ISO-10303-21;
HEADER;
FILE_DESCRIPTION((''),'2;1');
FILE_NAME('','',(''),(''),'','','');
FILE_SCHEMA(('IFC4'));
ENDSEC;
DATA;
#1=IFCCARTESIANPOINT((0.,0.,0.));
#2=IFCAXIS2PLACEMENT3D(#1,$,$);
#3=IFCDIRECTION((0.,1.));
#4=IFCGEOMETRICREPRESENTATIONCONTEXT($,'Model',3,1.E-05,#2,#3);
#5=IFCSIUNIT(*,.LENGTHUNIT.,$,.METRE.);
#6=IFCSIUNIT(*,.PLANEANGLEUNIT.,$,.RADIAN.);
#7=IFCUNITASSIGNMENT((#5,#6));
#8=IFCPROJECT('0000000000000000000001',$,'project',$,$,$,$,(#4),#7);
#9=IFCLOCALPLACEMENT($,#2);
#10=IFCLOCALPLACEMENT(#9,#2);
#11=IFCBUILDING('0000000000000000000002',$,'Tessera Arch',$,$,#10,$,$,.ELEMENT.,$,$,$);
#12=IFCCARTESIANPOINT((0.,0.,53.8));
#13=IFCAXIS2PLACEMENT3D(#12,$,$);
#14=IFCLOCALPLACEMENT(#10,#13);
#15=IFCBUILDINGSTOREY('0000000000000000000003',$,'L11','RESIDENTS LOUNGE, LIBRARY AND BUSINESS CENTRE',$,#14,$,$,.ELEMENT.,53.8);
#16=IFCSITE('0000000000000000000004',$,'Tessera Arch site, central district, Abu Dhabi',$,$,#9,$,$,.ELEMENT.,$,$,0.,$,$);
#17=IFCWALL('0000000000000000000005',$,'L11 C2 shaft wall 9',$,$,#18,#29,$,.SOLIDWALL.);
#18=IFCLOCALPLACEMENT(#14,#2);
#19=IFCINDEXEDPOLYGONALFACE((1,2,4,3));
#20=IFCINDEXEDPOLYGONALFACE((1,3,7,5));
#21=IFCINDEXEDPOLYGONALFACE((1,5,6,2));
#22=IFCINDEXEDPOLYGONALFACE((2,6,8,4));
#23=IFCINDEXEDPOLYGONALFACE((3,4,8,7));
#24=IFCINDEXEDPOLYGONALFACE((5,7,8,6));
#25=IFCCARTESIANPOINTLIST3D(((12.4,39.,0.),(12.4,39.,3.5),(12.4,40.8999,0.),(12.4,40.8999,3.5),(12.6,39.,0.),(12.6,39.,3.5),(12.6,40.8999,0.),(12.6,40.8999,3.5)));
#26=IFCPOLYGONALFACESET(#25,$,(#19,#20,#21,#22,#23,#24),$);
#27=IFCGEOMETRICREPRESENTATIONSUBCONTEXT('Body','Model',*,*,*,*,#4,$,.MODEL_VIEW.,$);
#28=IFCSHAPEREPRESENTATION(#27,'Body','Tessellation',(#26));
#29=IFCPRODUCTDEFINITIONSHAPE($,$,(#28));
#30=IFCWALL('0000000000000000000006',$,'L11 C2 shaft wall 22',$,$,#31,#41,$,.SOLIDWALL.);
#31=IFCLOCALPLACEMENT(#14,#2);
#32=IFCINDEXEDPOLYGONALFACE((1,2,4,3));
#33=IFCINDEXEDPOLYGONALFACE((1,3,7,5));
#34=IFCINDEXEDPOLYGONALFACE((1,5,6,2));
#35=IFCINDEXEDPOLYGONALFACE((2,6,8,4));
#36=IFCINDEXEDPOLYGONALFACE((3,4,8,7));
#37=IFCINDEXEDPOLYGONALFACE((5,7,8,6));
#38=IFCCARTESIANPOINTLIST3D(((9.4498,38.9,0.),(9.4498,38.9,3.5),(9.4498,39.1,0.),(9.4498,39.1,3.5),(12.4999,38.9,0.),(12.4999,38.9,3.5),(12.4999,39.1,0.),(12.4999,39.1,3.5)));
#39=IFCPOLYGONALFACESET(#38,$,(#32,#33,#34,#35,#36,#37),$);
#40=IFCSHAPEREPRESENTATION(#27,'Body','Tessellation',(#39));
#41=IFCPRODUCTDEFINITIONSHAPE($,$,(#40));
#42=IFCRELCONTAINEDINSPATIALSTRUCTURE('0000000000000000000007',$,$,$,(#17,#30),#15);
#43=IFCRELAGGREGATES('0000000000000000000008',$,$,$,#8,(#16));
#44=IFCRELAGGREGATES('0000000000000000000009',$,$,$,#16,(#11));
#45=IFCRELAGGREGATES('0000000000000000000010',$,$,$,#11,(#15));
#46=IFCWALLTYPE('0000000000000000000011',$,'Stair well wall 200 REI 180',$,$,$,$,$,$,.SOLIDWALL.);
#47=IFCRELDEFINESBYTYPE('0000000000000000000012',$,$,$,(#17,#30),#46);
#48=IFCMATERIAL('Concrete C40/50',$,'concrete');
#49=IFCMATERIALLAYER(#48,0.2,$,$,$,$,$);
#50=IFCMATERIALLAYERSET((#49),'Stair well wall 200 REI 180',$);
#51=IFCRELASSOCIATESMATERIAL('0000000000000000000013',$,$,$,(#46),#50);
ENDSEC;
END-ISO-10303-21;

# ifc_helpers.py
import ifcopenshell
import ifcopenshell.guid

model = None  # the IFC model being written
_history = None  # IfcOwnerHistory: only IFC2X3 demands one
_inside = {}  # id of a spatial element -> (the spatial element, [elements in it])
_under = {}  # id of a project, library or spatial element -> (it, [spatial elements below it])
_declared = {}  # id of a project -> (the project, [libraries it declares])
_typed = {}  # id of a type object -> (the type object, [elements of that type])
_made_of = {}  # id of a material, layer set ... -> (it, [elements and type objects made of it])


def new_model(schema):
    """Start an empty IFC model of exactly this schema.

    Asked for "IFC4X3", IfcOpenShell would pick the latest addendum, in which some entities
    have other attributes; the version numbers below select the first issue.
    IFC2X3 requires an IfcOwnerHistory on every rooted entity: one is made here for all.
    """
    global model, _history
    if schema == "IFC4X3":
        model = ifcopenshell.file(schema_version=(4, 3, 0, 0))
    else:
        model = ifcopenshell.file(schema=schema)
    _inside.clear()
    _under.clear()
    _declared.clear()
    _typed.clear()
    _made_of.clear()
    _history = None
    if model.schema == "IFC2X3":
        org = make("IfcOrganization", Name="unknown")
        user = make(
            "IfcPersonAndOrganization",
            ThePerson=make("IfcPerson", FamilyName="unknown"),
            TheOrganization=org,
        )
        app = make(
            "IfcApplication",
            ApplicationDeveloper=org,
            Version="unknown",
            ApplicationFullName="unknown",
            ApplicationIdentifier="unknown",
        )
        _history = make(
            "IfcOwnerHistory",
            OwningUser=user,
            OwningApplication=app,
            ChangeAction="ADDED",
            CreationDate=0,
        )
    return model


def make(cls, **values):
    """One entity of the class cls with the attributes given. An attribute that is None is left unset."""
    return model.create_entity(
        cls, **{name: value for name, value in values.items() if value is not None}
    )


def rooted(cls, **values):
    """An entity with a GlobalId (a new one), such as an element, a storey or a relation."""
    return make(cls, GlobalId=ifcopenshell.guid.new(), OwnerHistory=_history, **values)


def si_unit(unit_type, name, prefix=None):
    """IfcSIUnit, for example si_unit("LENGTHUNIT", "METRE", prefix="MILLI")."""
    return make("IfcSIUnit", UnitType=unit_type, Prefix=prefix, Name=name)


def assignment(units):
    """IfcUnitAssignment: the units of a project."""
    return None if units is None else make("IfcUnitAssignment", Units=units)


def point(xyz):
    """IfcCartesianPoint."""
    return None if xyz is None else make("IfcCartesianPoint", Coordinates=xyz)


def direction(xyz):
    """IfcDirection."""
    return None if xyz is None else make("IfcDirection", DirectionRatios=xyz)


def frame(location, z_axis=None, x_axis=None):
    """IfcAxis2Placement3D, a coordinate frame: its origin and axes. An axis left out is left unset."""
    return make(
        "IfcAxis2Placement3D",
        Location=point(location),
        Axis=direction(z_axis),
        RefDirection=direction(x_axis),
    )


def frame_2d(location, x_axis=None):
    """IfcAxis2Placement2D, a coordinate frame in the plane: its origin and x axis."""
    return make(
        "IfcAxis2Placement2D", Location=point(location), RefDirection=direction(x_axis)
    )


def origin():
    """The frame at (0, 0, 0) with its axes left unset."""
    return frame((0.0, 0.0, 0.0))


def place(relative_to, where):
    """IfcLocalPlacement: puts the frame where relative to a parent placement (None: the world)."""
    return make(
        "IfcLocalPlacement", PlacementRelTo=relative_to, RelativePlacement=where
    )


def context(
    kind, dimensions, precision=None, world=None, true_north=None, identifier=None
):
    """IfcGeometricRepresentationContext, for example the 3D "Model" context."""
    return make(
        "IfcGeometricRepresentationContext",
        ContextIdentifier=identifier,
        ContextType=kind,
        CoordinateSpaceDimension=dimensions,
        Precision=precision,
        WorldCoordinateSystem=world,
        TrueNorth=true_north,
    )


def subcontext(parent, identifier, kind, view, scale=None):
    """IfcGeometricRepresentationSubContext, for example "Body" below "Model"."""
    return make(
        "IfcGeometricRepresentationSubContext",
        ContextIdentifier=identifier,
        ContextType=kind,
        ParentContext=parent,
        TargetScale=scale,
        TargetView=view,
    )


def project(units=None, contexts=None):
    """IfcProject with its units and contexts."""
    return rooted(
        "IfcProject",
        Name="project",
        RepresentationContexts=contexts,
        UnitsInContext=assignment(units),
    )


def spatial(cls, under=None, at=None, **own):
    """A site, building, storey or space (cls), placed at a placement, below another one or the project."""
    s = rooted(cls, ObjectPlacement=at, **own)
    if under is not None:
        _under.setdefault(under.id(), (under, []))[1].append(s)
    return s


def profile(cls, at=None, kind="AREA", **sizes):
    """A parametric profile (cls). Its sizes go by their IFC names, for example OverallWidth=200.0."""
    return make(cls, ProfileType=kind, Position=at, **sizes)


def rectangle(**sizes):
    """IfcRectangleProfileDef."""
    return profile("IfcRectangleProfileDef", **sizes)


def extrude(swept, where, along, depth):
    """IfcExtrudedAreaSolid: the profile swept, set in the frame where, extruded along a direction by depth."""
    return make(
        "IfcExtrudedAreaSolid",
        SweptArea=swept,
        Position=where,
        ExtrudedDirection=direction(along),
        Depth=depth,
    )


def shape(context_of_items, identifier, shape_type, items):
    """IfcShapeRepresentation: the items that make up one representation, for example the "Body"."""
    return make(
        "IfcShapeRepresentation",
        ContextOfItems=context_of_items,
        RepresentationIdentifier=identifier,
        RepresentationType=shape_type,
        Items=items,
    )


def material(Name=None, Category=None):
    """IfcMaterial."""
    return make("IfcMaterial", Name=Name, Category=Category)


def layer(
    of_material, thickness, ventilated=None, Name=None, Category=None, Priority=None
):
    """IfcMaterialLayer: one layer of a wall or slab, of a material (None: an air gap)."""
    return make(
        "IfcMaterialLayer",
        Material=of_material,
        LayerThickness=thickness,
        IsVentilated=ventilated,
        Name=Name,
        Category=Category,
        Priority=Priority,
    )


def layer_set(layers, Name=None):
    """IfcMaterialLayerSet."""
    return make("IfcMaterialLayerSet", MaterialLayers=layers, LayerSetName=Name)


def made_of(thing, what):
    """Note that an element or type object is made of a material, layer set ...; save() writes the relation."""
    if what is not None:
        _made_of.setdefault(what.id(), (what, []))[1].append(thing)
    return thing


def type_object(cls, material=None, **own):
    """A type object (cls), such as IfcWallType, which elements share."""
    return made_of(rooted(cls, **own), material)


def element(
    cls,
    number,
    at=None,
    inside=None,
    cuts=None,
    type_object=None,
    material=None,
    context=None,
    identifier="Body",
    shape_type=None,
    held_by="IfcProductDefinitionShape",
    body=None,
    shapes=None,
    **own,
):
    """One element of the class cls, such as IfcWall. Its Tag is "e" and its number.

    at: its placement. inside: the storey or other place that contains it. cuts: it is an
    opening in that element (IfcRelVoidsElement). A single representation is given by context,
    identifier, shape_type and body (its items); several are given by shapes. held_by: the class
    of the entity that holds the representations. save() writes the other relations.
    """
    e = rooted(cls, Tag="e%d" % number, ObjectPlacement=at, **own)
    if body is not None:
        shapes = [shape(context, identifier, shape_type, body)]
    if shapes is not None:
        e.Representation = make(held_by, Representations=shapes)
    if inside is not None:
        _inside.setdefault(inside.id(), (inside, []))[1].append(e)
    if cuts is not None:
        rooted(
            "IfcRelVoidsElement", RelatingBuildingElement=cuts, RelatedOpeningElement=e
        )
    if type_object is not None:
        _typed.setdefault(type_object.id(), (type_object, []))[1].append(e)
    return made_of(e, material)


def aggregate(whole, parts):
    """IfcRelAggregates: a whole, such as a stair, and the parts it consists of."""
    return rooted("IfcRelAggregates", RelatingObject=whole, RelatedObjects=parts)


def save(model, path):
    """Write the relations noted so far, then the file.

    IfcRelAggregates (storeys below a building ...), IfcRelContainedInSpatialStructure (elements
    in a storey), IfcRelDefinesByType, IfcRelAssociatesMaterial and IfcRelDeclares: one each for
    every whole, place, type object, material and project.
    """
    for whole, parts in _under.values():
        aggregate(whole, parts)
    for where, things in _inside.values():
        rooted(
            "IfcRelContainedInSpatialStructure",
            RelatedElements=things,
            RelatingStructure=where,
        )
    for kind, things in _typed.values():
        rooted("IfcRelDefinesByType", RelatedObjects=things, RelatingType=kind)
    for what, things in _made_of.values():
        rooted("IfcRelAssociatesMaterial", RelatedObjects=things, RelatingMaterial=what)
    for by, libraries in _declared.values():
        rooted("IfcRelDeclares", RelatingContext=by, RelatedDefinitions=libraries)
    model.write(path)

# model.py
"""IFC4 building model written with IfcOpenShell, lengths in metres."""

from ifc_helpers import new_model, si_unit, direction, frame, frame_2d, origin, place, context, subcontext, project, spatial, rectangle, extrude, material, layer, layer_set, type_object, element, save


model = new_model("IFC4")

# Units and contexts
model_context = context("Model", 3, precision=1e-05, world=origin(), true_north=direction((0.0, 1.0)))
body_context = subcontext(model_context, "Body", "Model", "MODEL_VIEW")
ifc_project = project(units=[si_unit("LENGTHUNIT", "METRE"), si_unit("PLANEANGLEUNIT", "RADIAN")], contexts=[model_context])

# Site, building, storey
site_placement = place(None, origin())
site = spatial("IfcSite", under=ifc_project, at=site_placement, Name="Tessera Arch site, central district, Abu Dhabi", CompositionType="ELEMENT", RefElevation=0.0)
building_placement = place(site_placement, origin())
building = spatial("IfcBuilding", under=site, at=building_placement, Name="Tessera Arch", CompositionType="ELEMENT")
storey_placement = place(building_placement, frame((0.0, 0.0, 53.8)))
storey = spatial("IfcBuildingStorey", under=building, at=storey_placement, Name="L11", Description="RESIDENTS LOUNGE, LIBRARY AND BUSINESS CENTRE", CompositionType="ELEMENT", Elevation=53.8)

# Walls
ifc_material_1 = material(Name="Concrete C40/50", Category="concrete")
ifc_layer_1 = layer(ifc_material_1, 0.2)
ifc_layer_set_1 = layer_set([ifc_layer_1], Name="Stair well wall 200 REI 180")
wall_type_1 = type_object("IfcWallType", Name="Stair well wall 200 REI 180", PredefinedType="SOLIDWALL", material=ifc_layer_set_1)
wall_1_placement = place(storey_placement, frame((12.5, 39.0, 0.0), z_axis=(0.0, 0.0, 1.0), x_axis=(0.0, 1.0, 0.0)))
element("IfcWall", 1, at=wall_1_placement, inside=storey, type_object=wall_type_1, Name="L11 C2 shaft wall 9", PredefinedType="SOLIDWALL", context=body_context, shape_type="SweptSolid", body=[
    extrude(rectangle(XDim=1.8999, YDim=0.2, at=frame_2d((0.95, 0.0))), origin(), (0.0, 0.0, 1.0), 3.5),
])
wall_2_placement = place(storey_placement, frame((9.45, 39.0, 0.0), z_axis=(0.0, 0.0, 1.0), x_axis=(1.0, 0.0, 0.0)))
element("IfcWall", 2, at=wall_2_placement, inside=storey, type_object=wall_type_1, Name="L11 C2 shaft wall 22", PredefinedType="SOLIDWALL", context=body_context, shape_type="SweptSolid", body=[
    extrude(rectangle(XDim=3.05, YDim=0.2, at=frame_2d((1.5249, 0.0))), origin(), (0.0, 0.0, 1.0), 3.5),
])

save(model, "model.ifc")
